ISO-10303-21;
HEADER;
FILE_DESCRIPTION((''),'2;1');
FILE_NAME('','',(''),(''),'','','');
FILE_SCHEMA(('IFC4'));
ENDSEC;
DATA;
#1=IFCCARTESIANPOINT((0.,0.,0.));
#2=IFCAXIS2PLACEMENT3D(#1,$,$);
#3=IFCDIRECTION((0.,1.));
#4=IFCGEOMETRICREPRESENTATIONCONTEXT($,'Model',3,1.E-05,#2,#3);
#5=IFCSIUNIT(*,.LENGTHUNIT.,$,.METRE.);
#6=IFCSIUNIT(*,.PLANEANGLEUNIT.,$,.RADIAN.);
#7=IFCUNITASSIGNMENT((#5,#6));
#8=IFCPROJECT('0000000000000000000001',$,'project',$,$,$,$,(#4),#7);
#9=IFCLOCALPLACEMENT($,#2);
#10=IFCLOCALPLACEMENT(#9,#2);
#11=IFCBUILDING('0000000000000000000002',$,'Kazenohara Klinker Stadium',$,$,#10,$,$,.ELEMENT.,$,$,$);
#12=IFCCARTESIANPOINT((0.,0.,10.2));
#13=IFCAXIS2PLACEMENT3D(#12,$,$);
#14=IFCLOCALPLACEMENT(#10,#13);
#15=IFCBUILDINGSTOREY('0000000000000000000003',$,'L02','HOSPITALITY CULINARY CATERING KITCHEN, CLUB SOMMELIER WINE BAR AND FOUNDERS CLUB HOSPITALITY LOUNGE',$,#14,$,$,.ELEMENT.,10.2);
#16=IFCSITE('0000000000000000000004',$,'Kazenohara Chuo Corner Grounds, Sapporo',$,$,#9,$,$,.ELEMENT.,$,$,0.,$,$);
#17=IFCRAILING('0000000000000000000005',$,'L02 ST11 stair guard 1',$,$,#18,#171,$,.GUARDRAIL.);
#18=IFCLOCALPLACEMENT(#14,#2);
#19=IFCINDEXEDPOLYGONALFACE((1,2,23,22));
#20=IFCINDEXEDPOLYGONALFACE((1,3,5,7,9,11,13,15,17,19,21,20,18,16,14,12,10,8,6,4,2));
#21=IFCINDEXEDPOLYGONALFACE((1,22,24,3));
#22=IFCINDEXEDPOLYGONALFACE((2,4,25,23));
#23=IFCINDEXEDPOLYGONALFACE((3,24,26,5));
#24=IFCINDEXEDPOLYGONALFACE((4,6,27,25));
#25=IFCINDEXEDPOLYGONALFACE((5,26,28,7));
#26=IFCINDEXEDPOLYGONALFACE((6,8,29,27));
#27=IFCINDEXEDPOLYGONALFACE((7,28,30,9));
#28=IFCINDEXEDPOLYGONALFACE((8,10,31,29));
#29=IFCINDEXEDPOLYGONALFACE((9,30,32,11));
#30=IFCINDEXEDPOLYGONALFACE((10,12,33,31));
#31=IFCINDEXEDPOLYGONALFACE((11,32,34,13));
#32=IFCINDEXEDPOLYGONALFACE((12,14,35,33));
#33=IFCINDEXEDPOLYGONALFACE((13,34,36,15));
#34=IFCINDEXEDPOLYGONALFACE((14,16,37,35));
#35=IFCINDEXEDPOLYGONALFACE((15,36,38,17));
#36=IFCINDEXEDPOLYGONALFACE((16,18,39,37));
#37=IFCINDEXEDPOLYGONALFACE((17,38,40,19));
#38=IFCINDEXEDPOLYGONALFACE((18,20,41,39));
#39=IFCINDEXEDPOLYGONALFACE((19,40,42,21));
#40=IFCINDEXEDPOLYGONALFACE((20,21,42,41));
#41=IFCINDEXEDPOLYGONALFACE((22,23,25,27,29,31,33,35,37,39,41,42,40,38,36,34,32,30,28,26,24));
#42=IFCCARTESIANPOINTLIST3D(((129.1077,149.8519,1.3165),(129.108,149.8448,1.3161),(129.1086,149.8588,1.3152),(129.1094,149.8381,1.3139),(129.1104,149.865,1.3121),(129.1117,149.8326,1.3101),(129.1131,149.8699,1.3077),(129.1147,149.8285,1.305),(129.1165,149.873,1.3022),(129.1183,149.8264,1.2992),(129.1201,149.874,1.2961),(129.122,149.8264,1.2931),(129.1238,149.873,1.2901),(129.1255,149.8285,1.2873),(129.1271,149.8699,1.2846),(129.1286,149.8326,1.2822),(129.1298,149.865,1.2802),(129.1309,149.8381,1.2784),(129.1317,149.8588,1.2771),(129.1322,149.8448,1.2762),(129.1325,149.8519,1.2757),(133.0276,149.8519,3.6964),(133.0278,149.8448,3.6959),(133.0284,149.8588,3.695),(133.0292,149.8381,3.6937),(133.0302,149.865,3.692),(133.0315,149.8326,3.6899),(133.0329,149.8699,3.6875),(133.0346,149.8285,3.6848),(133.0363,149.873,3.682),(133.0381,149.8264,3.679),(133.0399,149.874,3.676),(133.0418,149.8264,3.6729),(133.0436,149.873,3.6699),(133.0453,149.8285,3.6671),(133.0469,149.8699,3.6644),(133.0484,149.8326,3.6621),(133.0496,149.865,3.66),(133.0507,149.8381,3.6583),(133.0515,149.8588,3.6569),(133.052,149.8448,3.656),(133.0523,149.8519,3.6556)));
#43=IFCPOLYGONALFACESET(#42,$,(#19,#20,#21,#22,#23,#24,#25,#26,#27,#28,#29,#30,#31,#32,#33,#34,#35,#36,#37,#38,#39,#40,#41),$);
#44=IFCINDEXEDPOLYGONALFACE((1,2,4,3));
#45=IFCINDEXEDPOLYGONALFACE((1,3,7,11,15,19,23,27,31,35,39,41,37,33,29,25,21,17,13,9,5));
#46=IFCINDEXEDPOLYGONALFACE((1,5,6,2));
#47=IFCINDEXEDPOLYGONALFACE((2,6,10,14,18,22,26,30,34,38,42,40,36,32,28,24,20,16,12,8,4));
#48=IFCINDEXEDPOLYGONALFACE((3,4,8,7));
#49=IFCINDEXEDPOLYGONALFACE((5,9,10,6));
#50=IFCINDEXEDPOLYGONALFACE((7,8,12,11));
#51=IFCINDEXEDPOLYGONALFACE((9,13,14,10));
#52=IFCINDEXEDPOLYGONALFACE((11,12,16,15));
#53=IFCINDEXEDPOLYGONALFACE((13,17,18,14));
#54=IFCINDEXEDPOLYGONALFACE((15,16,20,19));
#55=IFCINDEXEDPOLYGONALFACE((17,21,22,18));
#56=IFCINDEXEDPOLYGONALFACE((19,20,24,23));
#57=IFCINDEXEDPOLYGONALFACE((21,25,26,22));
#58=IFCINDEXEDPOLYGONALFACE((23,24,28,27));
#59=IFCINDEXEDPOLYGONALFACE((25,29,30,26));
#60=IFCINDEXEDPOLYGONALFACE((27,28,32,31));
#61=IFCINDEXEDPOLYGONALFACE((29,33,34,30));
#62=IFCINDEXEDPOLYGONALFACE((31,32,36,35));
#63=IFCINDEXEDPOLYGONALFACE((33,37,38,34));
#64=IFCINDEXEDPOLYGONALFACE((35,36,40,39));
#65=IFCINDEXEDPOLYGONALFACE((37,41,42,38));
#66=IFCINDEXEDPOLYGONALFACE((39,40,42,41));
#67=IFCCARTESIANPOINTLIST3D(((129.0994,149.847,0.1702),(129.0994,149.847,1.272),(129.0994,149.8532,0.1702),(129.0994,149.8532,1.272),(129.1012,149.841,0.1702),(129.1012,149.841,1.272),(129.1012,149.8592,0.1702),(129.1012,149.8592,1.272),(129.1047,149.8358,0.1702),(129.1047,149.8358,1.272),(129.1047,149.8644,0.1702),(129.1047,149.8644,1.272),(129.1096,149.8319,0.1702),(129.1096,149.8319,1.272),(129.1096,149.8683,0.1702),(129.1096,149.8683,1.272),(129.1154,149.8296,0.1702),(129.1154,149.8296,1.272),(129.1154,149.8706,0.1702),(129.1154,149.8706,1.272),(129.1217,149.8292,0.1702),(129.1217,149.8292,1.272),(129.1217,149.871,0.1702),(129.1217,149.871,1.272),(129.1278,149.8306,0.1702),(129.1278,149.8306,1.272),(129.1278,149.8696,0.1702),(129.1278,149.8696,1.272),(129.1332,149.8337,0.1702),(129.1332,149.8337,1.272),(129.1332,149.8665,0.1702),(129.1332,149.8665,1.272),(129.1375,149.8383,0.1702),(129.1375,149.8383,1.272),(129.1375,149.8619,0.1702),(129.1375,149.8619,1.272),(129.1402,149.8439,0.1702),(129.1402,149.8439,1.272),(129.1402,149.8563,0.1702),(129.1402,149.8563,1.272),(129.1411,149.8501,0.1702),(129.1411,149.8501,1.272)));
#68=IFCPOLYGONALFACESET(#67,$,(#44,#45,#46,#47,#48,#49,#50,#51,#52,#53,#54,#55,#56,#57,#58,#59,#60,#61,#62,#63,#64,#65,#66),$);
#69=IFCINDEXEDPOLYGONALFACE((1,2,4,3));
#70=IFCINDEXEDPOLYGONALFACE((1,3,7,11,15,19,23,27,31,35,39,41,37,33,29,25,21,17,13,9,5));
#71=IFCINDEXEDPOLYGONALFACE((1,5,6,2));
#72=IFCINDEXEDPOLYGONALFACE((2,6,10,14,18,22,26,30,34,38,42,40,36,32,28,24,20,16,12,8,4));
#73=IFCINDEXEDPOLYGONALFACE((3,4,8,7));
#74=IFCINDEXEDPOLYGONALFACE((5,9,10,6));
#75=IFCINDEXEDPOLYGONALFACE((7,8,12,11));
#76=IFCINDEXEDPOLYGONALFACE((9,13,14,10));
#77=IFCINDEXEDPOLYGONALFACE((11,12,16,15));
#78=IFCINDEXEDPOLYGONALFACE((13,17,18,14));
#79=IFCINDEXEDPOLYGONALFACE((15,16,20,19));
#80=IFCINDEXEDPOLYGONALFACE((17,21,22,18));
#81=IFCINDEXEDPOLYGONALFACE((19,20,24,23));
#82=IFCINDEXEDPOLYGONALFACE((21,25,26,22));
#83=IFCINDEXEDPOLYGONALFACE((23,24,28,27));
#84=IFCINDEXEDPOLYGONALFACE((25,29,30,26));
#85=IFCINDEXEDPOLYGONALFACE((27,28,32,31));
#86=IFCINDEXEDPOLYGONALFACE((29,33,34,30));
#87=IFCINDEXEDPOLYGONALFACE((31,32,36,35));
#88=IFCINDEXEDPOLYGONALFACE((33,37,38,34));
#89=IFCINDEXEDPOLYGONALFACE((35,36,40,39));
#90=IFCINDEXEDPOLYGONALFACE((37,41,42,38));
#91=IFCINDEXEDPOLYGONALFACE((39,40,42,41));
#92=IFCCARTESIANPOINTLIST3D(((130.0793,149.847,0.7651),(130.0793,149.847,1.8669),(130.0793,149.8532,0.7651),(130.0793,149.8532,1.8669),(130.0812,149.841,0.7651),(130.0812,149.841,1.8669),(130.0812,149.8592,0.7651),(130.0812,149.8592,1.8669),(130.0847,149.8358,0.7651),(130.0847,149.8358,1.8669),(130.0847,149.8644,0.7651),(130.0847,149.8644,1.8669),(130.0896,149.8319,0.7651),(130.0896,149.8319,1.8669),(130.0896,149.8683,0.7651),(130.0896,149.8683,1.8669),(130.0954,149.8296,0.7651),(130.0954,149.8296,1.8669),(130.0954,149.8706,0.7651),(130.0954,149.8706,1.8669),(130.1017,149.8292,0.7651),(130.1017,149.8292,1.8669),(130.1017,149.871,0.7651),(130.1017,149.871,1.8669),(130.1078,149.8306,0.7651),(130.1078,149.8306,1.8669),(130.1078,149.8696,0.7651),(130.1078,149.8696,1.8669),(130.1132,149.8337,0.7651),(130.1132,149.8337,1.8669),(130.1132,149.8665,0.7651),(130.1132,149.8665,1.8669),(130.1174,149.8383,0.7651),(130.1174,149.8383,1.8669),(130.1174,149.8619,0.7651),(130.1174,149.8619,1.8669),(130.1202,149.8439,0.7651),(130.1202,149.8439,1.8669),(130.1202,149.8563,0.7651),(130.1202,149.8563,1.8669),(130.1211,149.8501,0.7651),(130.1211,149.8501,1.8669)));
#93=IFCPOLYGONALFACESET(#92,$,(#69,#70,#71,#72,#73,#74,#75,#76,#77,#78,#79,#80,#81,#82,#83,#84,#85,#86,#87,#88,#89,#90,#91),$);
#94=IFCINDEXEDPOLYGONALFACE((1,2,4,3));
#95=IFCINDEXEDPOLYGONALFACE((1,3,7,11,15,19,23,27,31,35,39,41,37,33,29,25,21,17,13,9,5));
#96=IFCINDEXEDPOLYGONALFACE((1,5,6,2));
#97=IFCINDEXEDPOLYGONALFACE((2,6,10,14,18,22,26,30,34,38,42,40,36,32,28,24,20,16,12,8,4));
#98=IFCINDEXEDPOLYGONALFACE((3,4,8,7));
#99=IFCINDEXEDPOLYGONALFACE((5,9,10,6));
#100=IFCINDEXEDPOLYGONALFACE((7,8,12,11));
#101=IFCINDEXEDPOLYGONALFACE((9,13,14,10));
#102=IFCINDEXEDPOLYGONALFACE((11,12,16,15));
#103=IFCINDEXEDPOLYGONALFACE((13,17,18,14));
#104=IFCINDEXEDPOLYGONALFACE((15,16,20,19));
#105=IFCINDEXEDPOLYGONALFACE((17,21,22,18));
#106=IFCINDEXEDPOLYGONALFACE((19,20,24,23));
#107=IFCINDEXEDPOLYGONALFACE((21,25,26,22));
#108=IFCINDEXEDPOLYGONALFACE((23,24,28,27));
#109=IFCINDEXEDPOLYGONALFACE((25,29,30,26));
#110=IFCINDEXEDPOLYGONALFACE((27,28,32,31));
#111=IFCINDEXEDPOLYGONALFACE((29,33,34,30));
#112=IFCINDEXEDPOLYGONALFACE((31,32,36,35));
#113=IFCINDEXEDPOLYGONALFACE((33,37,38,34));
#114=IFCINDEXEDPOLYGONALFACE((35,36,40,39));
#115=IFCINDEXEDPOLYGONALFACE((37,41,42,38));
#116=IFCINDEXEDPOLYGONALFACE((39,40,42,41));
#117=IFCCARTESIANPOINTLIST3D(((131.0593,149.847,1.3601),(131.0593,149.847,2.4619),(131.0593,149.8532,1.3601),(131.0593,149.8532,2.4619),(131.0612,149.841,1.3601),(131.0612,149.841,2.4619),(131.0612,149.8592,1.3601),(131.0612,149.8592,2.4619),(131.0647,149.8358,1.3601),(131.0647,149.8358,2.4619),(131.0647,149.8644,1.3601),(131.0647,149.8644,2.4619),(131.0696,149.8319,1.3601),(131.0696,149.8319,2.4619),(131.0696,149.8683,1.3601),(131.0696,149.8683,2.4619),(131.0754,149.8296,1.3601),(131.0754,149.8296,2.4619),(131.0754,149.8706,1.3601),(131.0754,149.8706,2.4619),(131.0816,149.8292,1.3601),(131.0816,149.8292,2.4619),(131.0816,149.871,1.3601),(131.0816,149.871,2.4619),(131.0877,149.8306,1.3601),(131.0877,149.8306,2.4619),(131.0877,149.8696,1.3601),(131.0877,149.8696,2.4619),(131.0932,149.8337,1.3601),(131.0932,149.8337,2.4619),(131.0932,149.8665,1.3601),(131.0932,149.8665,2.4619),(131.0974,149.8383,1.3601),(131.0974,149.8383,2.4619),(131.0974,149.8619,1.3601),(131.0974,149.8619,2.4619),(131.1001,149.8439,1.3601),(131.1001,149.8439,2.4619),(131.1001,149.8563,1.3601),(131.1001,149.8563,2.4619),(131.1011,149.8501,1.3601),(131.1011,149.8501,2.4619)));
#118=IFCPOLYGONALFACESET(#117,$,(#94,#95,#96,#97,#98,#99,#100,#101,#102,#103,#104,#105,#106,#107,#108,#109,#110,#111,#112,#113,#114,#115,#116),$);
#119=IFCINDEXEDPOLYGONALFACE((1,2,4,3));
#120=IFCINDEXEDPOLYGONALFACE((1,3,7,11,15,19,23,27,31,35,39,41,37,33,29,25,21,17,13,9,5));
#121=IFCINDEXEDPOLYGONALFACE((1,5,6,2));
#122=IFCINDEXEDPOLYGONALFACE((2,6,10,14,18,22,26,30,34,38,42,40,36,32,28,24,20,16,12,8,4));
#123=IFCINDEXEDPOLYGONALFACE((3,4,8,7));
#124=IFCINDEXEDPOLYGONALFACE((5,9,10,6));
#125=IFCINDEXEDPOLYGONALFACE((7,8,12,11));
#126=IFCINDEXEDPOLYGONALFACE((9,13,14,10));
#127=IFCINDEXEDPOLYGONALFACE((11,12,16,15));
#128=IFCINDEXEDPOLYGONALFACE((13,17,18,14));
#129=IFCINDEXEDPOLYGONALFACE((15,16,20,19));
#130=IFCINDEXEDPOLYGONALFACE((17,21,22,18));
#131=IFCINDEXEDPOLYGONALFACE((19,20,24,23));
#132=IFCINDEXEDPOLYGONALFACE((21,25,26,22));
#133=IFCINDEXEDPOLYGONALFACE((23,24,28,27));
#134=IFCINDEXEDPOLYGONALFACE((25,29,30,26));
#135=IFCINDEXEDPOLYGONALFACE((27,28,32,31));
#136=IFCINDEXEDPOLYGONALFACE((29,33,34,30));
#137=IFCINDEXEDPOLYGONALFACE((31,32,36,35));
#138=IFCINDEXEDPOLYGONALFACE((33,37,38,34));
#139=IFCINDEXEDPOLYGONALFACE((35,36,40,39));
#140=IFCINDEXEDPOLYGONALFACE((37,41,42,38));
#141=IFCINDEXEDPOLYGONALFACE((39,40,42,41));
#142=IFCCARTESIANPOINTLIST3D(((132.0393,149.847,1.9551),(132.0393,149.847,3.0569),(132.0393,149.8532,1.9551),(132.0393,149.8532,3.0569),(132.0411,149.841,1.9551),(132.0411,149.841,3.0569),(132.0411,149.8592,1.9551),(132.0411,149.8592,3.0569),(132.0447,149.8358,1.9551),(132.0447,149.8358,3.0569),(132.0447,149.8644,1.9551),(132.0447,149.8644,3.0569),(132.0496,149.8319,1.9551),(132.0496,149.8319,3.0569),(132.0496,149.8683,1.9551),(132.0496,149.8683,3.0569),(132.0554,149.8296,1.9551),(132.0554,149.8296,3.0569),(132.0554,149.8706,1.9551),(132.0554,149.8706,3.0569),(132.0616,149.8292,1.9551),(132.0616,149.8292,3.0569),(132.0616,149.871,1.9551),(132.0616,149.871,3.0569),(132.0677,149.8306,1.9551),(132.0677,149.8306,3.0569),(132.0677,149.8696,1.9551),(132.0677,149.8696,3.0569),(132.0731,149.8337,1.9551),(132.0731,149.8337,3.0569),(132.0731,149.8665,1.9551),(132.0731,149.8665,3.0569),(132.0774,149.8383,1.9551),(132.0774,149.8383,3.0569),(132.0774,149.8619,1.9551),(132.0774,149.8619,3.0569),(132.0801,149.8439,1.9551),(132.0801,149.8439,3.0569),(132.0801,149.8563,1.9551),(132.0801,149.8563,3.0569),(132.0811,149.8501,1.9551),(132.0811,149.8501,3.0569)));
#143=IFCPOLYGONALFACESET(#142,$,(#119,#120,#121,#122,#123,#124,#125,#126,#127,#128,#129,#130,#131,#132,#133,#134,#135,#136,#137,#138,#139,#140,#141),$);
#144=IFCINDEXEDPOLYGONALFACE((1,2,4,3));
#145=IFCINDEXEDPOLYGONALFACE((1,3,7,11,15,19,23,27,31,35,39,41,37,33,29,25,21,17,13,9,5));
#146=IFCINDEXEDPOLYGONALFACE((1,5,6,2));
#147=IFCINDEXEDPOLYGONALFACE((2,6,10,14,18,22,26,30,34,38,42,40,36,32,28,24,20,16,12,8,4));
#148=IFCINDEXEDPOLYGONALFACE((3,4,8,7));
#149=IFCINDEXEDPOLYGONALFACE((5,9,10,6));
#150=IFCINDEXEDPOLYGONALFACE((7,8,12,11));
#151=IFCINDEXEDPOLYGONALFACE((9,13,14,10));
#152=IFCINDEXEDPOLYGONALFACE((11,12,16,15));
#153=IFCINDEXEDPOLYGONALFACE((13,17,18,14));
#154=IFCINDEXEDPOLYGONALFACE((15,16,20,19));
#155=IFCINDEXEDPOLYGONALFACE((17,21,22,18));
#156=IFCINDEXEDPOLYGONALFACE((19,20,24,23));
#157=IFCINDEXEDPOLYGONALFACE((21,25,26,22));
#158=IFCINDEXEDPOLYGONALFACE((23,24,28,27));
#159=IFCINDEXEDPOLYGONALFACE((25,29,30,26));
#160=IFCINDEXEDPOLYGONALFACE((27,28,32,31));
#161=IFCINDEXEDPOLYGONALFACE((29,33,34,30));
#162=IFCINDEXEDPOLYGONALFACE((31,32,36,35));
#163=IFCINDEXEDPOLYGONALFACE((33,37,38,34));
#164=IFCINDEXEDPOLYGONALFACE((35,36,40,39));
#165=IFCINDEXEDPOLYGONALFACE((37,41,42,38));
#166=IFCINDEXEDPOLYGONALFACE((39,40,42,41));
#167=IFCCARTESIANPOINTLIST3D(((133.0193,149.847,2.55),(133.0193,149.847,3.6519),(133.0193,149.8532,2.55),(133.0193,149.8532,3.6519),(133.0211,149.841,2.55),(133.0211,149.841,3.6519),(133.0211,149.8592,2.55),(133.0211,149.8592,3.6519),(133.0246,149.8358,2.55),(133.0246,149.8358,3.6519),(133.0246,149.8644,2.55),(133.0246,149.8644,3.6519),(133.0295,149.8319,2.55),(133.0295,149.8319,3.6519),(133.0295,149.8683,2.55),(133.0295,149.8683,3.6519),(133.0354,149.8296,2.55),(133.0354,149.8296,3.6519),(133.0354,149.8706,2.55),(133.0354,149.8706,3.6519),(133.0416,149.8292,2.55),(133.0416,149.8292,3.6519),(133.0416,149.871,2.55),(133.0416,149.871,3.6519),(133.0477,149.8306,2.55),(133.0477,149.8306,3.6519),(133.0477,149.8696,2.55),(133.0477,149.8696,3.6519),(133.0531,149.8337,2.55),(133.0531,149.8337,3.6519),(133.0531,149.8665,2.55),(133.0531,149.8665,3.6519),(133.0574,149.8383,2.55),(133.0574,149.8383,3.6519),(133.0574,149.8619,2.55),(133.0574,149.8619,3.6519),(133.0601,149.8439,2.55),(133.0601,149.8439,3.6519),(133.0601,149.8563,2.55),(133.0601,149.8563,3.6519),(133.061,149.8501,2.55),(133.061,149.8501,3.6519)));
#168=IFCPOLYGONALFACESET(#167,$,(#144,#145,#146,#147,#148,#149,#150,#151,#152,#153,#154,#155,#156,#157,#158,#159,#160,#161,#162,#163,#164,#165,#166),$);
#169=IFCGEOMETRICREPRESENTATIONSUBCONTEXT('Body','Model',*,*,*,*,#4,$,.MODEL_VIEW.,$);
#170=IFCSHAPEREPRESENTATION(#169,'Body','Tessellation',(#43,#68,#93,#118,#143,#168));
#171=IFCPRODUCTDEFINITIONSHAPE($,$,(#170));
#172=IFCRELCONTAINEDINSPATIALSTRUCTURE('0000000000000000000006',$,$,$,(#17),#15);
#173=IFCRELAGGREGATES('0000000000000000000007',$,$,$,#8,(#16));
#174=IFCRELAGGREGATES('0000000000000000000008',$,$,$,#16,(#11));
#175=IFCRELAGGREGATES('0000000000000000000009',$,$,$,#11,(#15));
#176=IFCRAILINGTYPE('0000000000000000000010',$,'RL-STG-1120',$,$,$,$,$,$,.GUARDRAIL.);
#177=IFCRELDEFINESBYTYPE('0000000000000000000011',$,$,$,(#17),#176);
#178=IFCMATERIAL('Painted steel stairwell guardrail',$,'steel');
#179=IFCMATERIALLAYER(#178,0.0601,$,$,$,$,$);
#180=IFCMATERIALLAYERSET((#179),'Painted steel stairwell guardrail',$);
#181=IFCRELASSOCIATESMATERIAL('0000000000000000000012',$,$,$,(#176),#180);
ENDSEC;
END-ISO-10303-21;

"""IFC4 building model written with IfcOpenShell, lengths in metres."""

from ifc_helpers import new_model, si_unit, direction, frame, origin, origin_2d, place, context, subcontext, project, spatial, circle, extrude, material, layer, layer_set, type_object, element, save


model = new_model("IFC4")

# Units and contexts
model_context = context("Model", 3, precision=1e-05, world=origin(), true_north=direction((0.0, 1.0)))
body_context = subcontext(model_context, "Body", "Model", "MODEL_VIEW")
ifc_project = project(units=[si_unit("LENGTHUNIT", "METRE"), si_unit("PLANEANGLEUNIT", "RADIAN")], contexts=[model_context])

# Site, building, storey
site_placement = place(None, origin())
site = spatial("IfcSite", under=ifc_project, at=site_placement, Name="Kazenohara Chuo Corner Grounds, Sapporo", CompositionType="ELEMENT", RefElevation=0.0)
building_placement = place(site_placement, origin())
building = spatial("IfcBuilding", under=site, at=building_placement, Name="Kazenohara Klinker Stadium", CompositionType="ELEMENT")
storey_placement = place(building_placement, frame((0.0, 0.0, 10.2)))
storey = spatial("IfcBuildingStorey", under=building, at=storey_placement, Name="L02", Description="HOSPITALITY CULINARY CATERING KITCHEN, CLUB SOMMELIER WINE BAR AND FOUNDERS CLUB HOSPITALITY LOUNGE", CompositionType="ELEMENT", Elevation=10.2)

# Railing
ifc_material_1 = material(Name="Painted steel stairwell guardrail", Category="steel")
ifc_layer_1 = layer(ifc_material_1, 0.0601)
ifc_layer_set_1 = layer_set([ifc_layer_1], Name="Painted steel stairwell guardrail")
railing_type_1 = type_object("IfcRailingType", Name="RL-STG-1120", PredefinedType="GUARDRAIL", material=ifc_layer_set_1)
railing_1_placement = place(storey_placement, frame((129.1201, 149.8501, 0.1702)))
element("IfcRailing", 1, at=railing_1_placement, inside=storey, type_object=railing_type_1, Name="L02 ST11 stair guard 1", PredefinedType="GUARDRAIL", context=body_context, shape_type="SweptSolid", body=[
    extrude(circle(Radius=0.0239, at=origin_2d()), frame((0.0, 0.0, 1.126), z_axis=(0.854794, 0.0, 0.518967), x_axis=(0.0, 1.0, 0.0)), (0.0, 0.0, 1.0), 4.5857),
    extrude(circle(Radius=0.021, at=origin_2d()), origin(), (0.0, 0.0, 1.0), 1.1018),
    extrude(circle(Radius=0.021, at=origin_2d()), frame((0.98, 0.0, 0.595)), (0.0, 0.0, 1.0), 1.1018),
    extrude(circle(Radius=0.021, at=origin_2d()), frame((1.96, 0.0, 1.1899)), (0.0, 0.0, 1.0), 1.1018),
    extrude(circle(Radius=0.021, at=origin_2d()), frame((2.9399, 0.0, 1.7849)), (0.0, 0.0, 1.0), 1.1018),
    extrude(circle(Radius=0.021, at=origin_2d()), frame((3.9199, 0.0, 2.3799)), (0.0, 0.0, 1.0), 1.1018),
])

save(model, "model.ifc")
